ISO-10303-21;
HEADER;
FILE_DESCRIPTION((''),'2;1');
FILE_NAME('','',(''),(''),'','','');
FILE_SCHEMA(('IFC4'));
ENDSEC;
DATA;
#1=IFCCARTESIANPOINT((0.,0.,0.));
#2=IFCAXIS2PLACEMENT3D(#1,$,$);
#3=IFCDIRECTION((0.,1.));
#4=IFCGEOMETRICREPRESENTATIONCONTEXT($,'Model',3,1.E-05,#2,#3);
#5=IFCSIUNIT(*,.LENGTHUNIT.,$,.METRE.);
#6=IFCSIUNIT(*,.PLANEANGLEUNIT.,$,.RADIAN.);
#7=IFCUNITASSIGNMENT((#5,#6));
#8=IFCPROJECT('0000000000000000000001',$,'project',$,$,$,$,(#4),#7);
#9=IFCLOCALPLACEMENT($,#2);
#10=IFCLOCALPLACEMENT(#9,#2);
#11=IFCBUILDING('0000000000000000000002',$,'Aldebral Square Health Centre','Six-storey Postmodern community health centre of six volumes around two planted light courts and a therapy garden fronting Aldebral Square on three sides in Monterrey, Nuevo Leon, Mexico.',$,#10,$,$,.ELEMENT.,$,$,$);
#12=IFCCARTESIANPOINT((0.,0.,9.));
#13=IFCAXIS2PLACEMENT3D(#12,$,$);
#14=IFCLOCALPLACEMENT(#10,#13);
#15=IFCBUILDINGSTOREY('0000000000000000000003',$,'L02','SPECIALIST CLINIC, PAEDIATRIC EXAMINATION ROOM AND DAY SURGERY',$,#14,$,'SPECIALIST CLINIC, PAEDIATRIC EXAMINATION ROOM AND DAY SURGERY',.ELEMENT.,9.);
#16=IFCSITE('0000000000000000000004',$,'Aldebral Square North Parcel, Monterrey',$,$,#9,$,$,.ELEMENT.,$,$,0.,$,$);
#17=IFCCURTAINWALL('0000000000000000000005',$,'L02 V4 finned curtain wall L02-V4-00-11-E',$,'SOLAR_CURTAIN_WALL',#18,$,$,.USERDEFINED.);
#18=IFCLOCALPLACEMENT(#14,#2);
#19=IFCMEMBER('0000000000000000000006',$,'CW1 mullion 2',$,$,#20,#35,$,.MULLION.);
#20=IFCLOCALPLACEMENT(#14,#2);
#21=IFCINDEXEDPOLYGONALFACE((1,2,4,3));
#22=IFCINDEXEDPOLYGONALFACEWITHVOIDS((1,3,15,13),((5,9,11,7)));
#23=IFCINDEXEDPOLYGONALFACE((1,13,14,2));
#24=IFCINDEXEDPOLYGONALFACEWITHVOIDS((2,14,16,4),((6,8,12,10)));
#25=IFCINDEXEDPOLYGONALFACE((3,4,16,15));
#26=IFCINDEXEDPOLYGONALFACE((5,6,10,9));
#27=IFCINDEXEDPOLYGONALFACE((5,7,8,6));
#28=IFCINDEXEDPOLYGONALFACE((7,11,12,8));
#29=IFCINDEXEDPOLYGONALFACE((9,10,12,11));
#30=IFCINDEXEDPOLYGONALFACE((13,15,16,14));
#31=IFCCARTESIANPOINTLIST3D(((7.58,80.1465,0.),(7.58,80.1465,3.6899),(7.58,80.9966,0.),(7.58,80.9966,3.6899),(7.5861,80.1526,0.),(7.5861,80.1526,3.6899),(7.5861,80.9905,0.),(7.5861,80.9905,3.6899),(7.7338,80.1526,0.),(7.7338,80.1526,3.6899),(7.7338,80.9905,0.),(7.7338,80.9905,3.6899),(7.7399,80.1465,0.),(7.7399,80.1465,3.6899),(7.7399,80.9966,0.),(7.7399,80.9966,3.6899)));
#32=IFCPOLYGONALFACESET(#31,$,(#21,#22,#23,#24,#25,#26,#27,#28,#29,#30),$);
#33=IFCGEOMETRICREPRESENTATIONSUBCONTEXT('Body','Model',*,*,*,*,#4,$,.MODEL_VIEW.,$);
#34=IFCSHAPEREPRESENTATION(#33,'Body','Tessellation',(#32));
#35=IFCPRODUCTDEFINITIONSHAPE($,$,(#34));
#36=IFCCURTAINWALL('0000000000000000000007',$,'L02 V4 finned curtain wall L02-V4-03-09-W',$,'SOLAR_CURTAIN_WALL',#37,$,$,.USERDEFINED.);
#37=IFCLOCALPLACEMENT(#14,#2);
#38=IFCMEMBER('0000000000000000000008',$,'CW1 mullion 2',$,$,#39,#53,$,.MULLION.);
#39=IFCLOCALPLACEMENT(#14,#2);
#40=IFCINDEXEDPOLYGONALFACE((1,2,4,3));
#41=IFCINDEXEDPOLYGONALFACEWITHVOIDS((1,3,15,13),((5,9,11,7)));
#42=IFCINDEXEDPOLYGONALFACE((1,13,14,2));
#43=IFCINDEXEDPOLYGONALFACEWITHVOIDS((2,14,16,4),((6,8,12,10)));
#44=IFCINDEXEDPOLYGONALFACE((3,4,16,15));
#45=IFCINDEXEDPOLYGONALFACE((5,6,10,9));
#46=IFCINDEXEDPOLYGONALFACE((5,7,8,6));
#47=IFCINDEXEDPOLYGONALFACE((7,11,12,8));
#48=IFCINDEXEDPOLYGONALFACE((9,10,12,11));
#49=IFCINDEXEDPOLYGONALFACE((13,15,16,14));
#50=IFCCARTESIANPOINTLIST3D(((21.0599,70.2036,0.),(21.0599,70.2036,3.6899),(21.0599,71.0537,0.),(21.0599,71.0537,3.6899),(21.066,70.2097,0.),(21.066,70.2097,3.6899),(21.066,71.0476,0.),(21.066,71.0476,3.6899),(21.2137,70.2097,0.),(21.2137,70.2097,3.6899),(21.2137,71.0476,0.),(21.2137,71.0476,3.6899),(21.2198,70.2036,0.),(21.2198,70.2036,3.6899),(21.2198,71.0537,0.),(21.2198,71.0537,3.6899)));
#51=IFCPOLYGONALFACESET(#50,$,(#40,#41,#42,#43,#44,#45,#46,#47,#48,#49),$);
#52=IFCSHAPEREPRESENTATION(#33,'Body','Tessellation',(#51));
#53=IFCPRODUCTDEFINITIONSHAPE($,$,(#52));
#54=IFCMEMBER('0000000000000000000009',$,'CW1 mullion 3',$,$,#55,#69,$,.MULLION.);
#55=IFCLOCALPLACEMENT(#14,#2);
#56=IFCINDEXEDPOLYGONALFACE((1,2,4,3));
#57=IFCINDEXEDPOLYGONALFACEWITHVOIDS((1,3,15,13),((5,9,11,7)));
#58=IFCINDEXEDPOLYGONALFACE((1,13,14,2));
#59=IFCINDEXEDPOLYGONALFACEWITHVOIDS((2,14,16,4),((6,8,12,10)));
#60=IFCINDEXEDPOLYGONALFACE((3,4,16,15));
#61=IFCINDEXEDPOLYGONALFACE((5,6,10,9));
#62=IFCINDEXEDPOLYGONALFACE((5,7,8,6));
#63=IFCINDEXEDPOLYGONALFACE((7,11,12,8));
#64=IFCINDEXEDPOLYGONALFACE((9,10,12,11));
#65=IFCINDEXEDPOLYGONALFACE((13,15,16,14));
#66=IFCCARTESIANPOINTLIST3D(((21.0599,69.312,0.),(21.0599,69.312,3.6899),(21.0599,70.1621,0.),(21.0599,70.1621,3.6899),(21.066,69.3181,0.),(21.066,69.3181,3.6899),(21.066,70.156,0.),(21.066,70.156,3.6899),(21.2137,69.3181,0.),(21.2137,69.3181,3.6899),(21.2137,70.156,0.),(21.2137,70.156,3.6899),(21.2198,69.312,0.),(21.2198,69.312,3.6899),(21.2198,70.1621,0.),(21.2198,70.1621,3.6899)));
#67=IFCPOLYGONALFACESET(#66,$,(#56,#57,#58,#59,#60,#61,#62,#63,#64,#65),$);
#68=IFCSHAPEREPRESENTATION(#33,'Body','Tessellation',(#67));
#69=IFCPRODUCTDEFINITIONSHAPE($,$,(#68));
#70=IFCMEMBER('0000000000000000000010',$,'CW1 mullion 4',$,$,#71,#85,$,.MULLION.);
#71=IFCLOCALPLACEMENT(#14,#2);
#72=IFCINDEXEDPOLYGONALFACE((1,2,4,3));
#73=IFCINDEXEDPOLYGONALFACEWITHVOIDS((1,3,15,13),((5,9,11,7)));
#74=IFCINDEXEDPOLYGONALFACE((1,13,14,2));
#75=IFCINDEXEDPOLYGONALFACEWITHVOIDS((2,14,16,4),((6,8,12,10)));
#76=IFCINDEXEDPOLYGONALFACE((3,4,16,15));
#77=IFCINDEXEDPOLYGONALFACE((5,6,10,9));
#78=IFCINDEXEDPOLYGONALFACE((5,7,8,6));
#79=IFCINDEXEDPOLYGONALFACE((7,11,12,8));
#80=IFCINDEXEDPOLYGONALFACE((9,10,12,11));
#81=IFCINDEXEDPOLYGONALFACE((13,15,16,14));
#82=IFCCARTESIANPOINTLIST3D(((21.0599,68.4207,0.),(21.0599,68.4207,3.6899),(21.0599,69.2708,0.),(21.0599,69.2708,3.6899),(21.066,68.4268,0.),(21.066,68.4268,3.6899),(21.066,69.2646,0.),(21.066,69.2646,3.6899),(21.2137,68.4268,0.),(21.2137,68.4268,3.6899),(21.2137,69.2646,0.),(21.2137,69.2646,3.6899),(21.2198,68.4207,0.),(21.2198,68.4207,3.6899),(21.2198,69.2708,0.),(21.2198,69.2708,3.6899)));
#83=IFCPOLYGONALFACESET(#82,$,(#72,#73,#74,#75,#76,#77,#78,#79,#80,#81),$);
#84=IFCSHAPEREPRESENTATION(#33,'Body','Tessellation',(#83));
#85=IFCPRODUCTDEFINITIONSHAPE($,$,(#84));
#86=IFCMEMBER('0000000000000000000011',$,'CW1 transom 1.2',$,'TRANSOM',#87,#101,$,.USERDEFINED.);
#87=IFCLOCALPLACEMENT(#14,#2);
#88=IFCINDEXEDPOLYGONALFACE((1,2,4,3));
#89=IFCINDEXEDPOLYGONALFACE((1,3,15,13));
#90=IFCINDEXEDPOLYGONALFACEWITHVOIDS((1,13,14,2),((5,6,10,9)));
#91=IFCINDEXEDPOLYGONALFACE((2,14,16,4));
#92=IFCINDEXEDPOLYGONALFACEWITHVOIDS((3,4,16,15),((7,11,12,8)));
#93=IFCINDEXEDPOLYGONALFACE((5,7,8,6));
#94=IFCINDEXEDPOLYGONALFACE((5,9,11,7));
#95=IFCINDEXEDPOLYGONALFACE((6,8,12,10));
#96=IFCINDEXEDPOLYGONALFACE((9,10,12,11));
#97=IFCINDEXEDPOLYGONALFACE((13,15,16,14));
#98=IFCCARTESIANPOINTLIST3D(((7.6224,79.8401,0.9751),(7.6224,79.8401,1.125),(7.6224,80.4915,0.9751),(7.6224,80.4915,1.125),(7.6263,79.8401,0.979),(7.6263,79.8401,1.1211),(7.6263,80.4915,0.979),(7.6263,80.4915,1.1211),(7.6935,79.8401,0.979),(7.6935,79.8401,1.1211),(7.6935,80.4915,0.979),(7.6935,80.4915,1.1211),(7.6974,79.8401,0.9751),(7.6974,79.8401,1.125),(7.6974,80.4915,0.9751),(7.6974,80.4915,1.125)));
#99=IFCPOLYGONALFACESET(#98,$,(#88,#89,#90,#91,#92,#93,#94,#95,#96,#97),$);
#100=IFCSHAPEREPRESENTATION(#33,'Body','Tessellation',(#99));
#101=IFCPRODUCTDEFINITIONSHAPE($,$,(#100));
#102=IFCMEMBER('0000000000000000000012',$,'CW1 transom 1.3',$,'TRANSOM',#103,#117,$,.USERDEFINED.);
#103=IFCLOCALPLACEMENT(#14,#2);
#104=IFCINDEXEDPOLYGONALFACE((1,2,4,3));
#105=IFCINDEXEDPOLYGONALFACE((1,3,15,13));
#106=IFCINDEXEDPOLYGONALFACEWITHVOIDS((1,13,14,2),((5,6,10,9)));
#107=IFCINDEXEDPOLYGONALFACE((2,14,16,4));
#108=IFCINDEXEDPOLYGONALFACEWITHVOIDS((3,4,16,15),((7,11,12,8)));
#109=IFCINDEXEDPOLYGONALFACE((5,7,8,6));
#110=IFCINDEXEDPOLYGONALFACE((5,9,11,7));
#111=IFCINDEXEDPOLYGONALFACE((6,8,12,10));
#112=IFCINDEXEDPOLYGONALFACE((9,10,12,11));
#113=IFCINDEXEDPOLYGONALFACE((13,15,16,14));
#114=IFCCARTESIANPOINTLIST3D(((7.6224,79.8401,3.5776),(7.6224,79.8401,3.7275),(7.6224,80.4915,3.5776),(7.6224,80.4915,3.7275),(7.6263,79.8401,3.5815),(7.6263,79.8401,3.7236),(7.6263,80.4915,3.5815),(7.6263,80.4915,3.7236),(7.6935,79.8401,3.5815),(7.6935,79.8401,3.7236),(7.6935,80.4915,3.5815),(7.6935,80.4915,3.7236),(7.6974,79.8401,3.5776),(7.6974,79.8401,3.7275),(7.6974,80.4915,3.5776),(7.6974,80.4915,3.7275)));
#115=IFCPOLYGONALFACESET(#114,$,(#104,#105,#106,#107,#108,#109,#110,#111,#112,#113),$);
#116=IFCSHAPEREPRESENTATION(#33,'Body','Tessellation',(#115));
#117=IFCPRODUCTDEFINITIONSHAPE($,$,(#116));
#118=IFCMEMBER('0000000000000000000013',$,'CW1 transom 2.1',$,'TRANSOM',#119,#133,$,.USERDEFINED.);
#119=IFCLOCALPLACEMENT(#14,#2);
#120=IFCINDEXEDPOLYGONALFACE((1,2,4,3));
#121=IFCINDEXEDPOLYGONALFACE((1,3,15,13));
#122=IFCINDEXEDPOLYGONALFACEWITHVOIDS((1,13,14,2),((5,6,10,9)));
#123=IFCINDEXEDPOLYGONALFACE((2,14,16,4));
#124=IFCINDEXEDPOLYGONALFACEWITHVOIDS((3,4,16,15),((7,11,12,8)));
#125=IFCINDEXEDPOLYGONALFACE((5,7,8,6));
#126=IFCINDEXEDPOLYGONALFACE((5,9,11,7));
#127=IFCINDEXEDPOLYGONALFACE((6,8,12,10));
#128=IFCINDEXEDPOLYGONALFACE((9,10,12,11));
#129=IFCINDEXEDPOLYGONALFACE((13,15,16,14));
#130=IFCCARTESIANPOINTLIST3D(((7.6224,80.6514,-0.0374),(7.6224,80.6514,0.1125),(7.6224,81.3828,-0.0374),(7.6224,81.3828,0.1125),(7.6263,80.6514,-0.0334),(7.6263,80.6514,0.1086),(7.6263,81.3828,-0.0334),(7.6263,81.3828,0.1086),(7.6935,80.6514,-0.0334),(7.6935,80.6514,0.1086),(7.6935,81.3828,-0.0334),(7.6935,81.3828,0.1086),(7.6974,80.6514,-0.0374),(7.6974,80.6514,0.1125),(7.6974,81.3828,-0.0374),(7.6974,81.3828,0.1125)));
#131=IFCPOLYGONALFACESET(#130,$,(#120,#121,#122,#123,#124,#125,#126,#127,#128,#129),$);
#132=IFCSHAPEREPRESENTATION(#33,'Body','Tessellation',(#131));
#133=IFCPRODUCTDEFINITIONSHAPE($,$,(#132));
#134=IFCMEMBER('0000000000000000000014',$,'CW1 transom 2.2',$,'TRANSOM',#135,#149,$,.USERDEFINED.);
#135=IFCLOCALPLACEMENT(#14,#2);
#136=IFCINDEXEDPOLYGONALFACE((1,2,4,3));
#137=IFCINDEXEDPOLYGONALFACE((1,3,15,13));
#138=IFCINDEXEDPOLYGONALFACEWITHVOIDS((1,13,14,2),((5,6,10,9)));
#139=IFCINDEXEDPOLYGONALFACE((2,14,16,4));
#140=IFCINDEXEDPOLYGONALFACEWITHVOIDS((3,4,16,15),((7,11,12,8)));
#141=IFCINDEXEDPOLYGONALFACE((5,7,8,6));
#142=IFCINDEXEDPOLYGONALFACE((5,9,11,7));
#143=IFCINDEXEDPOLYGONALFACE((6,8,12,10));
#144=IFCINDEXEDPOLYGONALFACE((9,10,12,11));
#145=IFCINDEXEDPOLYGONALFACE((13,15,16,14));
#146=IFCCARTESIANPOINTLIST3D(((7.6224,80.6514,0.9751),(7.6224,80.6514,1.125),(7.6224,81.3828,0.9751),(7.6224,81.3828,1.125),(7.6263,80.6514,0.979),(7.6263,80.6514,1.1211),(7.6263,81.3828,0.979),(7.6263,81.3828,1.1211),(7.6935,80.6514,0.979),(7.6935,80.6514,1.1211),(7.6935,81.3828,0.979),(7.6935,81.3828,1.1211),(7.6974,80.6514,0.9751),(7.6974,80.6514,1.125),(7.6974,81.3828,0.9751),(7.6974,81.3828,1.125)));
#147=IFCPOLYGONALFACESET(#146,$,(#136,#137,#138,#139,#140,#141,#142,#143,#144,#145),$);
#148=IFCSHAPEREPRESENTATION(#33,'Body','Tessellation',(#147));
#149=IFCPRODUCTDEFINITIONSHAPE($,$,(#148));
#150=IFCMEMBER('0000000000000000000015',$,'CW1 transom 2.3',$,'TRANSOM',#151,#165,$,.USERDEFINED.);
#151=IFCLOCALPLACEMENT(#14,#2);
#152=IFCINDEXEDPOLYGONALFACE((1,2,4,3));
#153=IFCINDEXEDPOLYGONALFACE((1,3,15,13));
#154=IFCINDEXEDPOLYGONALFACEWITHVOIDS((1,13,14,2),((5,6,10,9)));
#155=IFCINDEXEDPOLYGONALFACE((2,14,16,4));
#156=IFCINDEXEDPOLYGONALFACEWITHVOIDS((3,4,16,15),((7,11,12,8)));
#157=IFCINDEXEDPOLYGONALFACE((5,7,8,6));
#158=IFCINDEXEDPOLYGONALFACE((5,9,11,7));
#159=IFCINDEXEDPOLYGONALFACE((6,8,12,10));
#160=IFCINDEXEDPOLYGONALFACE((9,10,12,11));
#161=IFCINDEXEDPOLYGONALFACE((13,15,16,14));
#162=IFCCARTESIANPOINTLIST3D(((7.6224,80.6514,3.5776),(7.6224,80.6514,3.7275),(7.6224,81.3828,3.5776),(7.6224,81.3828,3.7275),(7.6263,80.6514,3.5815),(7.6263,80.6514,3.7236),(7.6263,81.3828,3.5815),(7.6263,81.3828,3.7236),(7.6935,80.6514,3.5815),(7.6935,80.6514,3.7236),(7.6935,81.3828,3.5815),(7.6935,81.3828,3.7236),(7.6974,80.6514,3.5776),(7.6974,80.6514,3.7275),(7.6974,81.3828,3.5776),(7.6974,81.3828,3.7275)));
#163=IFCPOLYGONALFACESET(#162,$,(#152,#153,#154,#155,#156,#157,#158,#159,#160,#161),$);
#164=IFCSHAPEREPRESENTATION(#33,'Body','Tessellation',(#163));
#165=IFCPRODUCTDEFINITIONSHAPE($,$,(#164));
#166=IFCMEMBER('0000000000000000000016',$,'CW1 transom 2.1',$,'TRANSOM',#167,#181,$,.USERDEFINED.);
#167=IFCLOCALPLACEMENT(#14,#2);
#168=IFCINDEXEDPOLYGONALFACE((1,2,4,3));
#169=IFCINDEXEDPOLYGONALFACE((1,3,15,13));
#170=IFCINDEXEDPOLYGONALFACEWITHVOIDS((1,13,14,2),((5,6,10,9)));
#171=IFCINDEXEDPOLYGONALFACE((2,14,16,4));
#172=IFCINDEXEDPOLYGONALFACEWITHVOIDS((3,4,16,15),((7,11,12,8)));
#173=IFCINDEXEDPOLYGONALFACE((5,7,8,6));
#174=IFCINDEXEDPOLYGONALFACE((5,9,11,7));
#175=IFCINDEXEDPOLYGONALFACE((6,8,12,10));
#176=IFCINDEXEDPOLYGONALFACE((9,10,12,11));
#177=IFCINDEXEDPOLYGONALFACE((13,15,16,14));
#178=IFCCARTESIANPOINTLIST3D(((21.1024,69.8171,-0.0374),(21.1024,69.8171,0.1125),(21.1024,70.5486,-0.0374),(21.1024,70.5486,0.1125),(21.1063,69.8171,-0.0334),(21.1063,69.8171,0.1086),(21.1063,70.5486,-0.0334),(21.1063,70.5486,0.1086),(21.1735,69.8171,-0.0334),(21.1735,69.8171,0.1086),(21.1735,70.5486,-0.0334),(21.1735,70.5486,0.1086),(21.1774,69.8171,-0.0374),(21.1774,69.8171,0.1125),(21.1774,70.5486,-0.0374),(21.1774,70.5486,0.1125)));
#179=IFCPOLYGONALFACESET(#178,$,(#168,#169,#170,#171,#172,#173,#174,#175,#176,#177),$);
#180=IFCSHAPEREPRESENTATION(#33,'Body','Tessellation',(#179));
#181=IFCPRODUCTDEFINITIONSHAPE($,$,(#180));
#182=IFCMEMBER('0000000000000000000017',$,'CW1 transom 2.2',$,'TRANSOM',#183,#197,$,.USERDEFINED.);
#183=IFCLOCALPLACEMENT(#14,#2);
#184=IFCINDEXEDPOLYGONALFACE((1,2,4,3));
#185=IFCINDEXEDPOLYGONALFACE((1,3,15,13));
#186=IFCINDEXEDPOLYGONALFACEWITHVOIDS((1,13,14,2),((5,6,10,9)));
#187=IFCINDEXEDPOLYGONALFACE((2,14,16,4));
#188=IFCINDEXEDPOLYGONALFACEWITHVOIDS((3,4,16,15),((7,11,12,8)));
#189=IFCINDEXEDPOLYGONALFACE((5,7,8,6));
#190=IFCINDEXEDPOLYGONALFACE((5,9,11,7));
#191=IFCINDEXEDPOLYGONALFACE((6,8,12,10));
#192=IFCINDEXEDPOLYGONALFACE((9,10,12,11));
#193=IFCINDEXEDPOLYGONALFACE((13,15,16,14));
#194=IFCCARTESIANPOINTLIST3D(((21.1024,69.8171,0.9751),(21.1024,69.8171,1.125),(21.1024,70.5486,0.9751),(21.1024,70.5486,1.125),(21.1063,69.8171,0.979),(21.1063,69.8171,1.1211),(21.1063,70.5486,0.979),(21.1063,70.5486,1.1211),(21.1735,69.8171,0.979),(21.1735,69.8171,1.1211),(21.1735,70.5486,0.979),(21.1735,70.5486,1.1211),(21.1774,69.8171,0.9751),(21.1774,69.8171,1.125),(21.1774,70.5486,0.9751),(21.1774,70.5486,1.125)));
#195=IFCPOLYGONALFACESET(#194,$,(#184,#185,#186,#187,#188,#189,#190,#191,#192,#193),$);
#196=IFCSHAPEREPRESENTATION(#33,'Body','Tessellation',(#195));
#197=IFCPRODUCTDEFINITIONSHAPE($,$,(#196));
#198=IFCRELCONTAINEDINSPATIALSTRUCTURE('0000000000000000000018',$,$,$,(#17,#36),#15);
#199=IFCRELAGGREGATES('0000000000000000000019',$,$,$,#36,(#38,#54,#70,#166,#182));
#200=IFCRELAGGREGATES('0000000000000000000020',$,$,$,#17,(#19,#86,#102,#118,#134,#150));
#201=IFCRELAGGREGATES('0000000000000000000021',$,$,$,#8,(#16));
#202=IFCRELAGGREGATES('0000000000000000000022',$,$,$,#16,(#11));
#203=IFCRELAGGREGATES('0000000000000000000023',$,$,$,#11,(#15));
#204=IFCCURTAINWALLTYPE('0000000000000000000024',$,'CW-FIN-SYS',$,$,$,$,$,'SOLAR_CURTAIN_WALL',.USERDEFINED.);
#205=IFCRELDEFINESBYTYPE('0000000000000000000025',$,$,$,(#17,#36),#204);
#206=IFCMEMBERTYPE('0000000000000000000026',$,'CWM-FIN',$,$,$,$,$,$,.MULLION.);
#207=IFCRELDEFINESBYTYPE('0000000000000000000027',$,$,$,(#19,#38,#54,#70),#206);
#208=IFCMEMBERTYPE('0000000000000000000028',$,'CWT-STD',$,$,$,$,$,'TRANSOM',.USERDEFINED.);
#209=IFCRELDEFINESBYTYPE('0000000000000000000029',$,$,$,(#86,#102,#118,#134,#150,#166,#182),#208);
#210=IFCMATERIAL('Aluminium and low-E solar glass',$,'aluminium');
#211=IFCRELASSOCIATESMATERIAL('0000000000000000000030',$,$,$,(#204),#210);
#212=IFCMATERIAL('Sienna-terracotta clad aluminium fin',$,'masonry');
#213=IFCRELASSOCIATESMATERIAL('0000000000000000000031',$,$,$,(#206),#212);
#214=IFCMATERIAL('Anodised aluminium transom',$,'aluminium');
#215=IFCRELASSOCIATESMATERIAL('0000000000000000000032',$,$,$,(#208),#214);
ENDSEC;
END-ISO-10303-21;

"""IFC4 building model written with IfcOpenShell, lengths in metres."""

from ifc_helpers import new_model, si_unit, direction, frame, origin, origin_2d, place, context, subcontext, project, spatial, hollow_rectangle, extrude, material, material_profile, profile_set, type_object, element, aggregate, save


model = new_model("IFC4")

# Units and contexts
model_context = context("Model", 3, precision=1e-05, world=origin(), true_north=direction((0.0, 1.0)))
body_context = subcontext(model_context, "Body", "Model", "MODEL_VIEW")
ifc_project = project(units=[si_unit("LENGTHUNIT", "METRE"), si_unit("PLANEANGLEUNIT", "RADIAN")], contexts=[model_context])

# Site, building, storey
site_placement = place(None, origin())
site = spatial("IfcSite", under=ifc_project, at=site_placement, Name="Aldebral Square North Parcel, Monterrey", CompositionType="ELEMENT", RefElevation=0.0)
building_placement = place(site_placement, origin())
building = spatial("IfcBuilding", under=site, at=building_placement, Name="Aldebral Square Health Centre", Description="Six-storey Postmodern community health centre of six volumes around two planted light courts and a therapy garden fronting Aldebral Square on three sides in Monterrey, Nuevo Leon, Mexico.", CompositionType="ELEMENT")
storey_placement = place(building_placement, frame((0.0, 0.0, 9.0)))
storey = spatial("IfcBuildingStorey", under=building, at=storey_placement, Name="L02", Description="SPECIALIST CLINIC, PAEDIATRIC EXAMINATION ROOM AND DAY SURGERY", LongName="SPECIALIST CLINIC, PAEDIATRIC EXAMINATION ROOM AND DAY SURGERY", CompositionType="ELEMENT", Elevation=9.0)

# Curtain wall, member
ifc_material_1 = material(Name="Aluminium and low-E solar glass", Category="aluminium")
curtain_wall_type = type_object("IfcCurtainWallType", Name="CW-FIN-SYS", ElementType="SOLAR_CURTAIN_WALL", PredefinedType="USERDEFINED", material=ifc_material_1)
curtain_wall_1_placement = place(storey_placement, origin())
curtain_wall_1 = element("IfcCurtainWall", 1, at=curtain_wall_1_placement, inside=storey, type_object=curtain_wall_type, Name="L02 V4 finned curtain wall L02-V4-00-11-E", ObjectType="SOLAR_CURTAIN_WALL", PredefinedType="USERDEFINED")
ifc_material_2 = material(Name="Sienna-terracotta clad aluminium fin", Category="masonry")
ifc_material_profile_1 = material_profile(ifc_material_2, hollow_rectangle(XDim=0.1599, YDim=0.8501, WallThickness=0.0061, at=origin_2d()), Name="FIN 160x850x6")
ifc_profile_set_1 = profile_set([ifc_material_profile_1], Name="Sienna-terracotta clad aluminium fin")
member_type_1 = type_object("IfcMemberType", Name="CWM-FIN", PredefinedType="MULLION", material=ifc_profile_set_1)
member_1_placement = place(storey_placement, frame((7.6599, 80.5715, 0.0), z_axis=(0.0, 0.0, 1.0), x_axis=(-1.0, 0.0, 0.0)))
member_1 = element("IfcMember", 2, at=member_1_placement, type_object=member_type_1, Name="CW1 mullion 2", PredefinedType="MULLION", context=body_context, shape_type="SweptSolid", body=[
    extrude(hollow_rectangle(XDim=0.1599, YDim=0.8501, WallThickness=0.0061, at=origin_2d()), origin(), (0.0, 0.0, 1.0), 3.6899),
])

# Curtain wall, members
curtain_wall_2_placement = place(storey_placement, origin())
curtain_wall_2 = element("IfcCurtainWall", 3, at=curtain_wall_2_placement, inside=storey, type_object=curtain_wall_type, Name="L02 V4 finned curtain wall L02-V4-03-09-W", ObjectType="SOLAR_CURTAIN_WALL", PredefinedType="USERDEFINED")
member_2_placement = place(storey_placement, frame((21.1399, 70.6287, 0.0), z_axis=(0.0, 0.0, 1.0), x_axis=(1.0, 0.0, 0.0)))
member_2 = element("IfcMember", 4, at=member_2_placement, type_object=member_type_1, Name="CW1 mullion 2", PredefinedType="MULLION", context=body_context, shape_type="SweptSolid", body=[
    extrude(hollow_rectangle(XDim=0.1599, YDim=0.8501, WallThickness=0.0061, at=origin_2d()), origin(), (0.0, 0.0, 1.0), 3.6899),
])
member_3_placement = place(storey_placement, frame((21.1399, 69.7371, 0.0), z_axis=(0.0, 0.0, 1.0), x_axis=(1.0, 0.0, 0.0)))
member_3 = element("IfcMember", 5, at=member_3_placement, type_object=member_type_1, Name="CW1 mullion 3", PredefinedType="MULLION", context=body_context, shape_type="SweptSolid", body=[
    extrude(hollow_rectangle(XDim=0.1599, YDim=0.8501, WallThickness=0.0061, at=origin_2d()), origin(), (0.0, 0.0, 1.0), 3.6899),
])
member_4_placement = place(storey_placement, frame((21.1399, 68.8457, 0.0), z_axis=(0.0, 0.0, 1.0), x_axis=(1.0, 0.0, 0.0)))
member_4 = element("IfcMember", 6, at=member_4_placement, type_object=member_type_1, Name="CW1 mullion 4", PredefinedType="MULLION", context=body_context, shape_type="SweptSolid", body=[
    extrude(hollow_rectangle(XDim=0.1599, YDim=0.8501, WallThickness=0.0061, at=origin_2d()), origin(), (0.0, 0.0, 1.0), 3.6899),
])

# Members
ifc_material_3 = material(Name="Anodised aluminium transom", Category="aluminium")
ifc_material_profile_2 = material_profile(ifc_material_3, hollow_rectangle(XDim=0.075, YDim=0.1499, WallThickness=0.0039, at=origin_2d()), Name="CWT 75x150x4")
ifc_profile_set_2 = profile_set([ifc_material_profile_2], Name="Anodised aluminium transom")
member_type_2 = type_object("IfcMemberType", Name="CWT-STD", ElementType="TRANSOM", PredefinedType="USERDEFINED", material=ifc_profile_set_2)
member_5_placement = place(storey_placement, frame((7.6599, 79.8401, 1.05), z_axis=(0.0, 1.0, 0.0), x_axis=(-1.0, 0.0, 0.0)))
member_5 = element("IfcMember", 7, at=member_5_placement, type_object=member_type_2, Name="CW1 transom 1.2", ObjectType="TRANSOM", PredefinedType="USERDEFINED", context=body_context, shape_type="SweptSolid", body=[
    extrude(hollow_rectangle(XDim=0.075, YDim=0.1499, WallThickness=0.0039, at=origin_2d()), origin(), (0.0, 0.0, 1.0), 0.6514),
])
member_6_placement = place(storey_placement, frame((7.6599, 79.8401, 3.6526), z_axis=(0.0, 1.0, 0.0), x_axis=(-1.0, 0.0, 0.0)))
member_6 = element("IfcMember", 8, at=member_6_placement, type_object=member_type_2, Name="CW1 transom 1.3", ObjectType="TRANSOM", PredefinedType="USERDEFINED", context=body_context, shape_type="SweptSolid", body=[
    extrude(hollow_rectangle(XDim=0.075, YDim=0.1499, WallThickness=0.0039, at=origin_2d()), origin(), (0.0, 0.0, 1.0), 0.6514),
])
member_7_placement = place(storey_placement, frame((7.6599, 80.6514, 0.0376), z_axis=(0.0, 1.0, 0.0), x_axis=(-1.0, 0.0, 0.0)))
member_7 = element("IfcMember", 9, at=member_7_placement, type_object=member_type_2, Name="CW1 transom 2.1", ObjectType="TRANSOM", PredefinedType="USERDEFINED", context=body_context, shape_type="SweptSolid", body=[
    extrude(hollow_rectangle(XDim=0.075, YDim=0.1499, WallThickness=0.0039, at=origin_2d()), origin(), (0.0, 0.0, 1.0), 0.7314),
])
member_8_placement = place(storey_placement, frame((7.6599, 80.6514, 1.05), z_axis=(0.0, 1.0, 0.0), x_axis=(-1.0, 0.0, 0.0)))
member_8 = element("IfcMember", 10, at=member_8_placement, type_object=member_type_2, Name="CW1 transom 2.2", ObjectType="TRANSOM", PredefinedType="USERDEFINED", context=body_context, shape_type="SweptSolid", body=[
    extrude(hollow_rectangle(XDim=0.075, YDim=0.1499, WallThickness=0.0039, at=origin_2d()), origin(), (0.0, 0.0, 1.0), 0.7314),
])
member_9_placement = place(storey_placement, frame((7.6599, 80.6514, 3.6526), z_axis=(0.0, 1.0, 0.0), x_axis=(-1.0, 0.0, 0.0)))
member_9 = element("IfcMember", 11, at=member_9_placement, type_object=member_type_2, Name="CW1 transom 2.3", ObjectType="TRANSOM", PredefinedType="USERDEFINED", context=body_context, shape_type="SweptSolid", body=[
    extrude(hollow_rectangle(XDim=0.075, YDim=0.1499, WallThickness=0.0039, at=origin_2d()), origin(), (0.0, 0.0, 1.0), 0.7314),
])
member_10_placement = place(storey_placement, frame((21.1399, 70.5486, 0.0376), z_axis=(0.0, -1.0, 0.0), x_axis=(1.0, 0.0, 0.0)))
member_10 = element("IfcMember", 12, at=member_10_placement, type_object=member_type_2, Name="CW1 transom 2.1", ObjectType="TRANSOM", PredefinedType="USERDEFINED", context=body_context, shape_type="SweptSolid", body=[
    extrude(hollow_rectangle(XDim=0.075, YDim=0.1499, WallThickness=0.0039, at=origin_2d()), origin(), (0.0, 0.0, 1.0), 0.7314),
])
member_11_placement = place(storey_placement, frame((21.1399, 70.5486, 1.05), z_axis=(0.0, -1.0, 0.0), x_axis=(1.0, 0.0, 0.0)))
member_11 = element("IfcMember", 13, at=member_11_placement, type_object=member_type_2, Name="CW1 transom 2.2", ObjectType="TRANSOM", PredefinedType="USERDEFINED", context=body_context, shape_type="SweptSolid", body=[
    extrude(hollow_rectangle(XDim=0.075, YDim=0.1499, WallThickness=0.0039, at=origin_2d()), origin(), (0.0, 0.0, 1.0), 0.7314),
])

aggregate(curtain_wall_2, [member_2, member_3, member_4, member_10, member_11])
aggregate(curtain_wall_1, [member_1, member_5, member_6, member_7, member_8, member_9])

save(model, "model.ifc")
